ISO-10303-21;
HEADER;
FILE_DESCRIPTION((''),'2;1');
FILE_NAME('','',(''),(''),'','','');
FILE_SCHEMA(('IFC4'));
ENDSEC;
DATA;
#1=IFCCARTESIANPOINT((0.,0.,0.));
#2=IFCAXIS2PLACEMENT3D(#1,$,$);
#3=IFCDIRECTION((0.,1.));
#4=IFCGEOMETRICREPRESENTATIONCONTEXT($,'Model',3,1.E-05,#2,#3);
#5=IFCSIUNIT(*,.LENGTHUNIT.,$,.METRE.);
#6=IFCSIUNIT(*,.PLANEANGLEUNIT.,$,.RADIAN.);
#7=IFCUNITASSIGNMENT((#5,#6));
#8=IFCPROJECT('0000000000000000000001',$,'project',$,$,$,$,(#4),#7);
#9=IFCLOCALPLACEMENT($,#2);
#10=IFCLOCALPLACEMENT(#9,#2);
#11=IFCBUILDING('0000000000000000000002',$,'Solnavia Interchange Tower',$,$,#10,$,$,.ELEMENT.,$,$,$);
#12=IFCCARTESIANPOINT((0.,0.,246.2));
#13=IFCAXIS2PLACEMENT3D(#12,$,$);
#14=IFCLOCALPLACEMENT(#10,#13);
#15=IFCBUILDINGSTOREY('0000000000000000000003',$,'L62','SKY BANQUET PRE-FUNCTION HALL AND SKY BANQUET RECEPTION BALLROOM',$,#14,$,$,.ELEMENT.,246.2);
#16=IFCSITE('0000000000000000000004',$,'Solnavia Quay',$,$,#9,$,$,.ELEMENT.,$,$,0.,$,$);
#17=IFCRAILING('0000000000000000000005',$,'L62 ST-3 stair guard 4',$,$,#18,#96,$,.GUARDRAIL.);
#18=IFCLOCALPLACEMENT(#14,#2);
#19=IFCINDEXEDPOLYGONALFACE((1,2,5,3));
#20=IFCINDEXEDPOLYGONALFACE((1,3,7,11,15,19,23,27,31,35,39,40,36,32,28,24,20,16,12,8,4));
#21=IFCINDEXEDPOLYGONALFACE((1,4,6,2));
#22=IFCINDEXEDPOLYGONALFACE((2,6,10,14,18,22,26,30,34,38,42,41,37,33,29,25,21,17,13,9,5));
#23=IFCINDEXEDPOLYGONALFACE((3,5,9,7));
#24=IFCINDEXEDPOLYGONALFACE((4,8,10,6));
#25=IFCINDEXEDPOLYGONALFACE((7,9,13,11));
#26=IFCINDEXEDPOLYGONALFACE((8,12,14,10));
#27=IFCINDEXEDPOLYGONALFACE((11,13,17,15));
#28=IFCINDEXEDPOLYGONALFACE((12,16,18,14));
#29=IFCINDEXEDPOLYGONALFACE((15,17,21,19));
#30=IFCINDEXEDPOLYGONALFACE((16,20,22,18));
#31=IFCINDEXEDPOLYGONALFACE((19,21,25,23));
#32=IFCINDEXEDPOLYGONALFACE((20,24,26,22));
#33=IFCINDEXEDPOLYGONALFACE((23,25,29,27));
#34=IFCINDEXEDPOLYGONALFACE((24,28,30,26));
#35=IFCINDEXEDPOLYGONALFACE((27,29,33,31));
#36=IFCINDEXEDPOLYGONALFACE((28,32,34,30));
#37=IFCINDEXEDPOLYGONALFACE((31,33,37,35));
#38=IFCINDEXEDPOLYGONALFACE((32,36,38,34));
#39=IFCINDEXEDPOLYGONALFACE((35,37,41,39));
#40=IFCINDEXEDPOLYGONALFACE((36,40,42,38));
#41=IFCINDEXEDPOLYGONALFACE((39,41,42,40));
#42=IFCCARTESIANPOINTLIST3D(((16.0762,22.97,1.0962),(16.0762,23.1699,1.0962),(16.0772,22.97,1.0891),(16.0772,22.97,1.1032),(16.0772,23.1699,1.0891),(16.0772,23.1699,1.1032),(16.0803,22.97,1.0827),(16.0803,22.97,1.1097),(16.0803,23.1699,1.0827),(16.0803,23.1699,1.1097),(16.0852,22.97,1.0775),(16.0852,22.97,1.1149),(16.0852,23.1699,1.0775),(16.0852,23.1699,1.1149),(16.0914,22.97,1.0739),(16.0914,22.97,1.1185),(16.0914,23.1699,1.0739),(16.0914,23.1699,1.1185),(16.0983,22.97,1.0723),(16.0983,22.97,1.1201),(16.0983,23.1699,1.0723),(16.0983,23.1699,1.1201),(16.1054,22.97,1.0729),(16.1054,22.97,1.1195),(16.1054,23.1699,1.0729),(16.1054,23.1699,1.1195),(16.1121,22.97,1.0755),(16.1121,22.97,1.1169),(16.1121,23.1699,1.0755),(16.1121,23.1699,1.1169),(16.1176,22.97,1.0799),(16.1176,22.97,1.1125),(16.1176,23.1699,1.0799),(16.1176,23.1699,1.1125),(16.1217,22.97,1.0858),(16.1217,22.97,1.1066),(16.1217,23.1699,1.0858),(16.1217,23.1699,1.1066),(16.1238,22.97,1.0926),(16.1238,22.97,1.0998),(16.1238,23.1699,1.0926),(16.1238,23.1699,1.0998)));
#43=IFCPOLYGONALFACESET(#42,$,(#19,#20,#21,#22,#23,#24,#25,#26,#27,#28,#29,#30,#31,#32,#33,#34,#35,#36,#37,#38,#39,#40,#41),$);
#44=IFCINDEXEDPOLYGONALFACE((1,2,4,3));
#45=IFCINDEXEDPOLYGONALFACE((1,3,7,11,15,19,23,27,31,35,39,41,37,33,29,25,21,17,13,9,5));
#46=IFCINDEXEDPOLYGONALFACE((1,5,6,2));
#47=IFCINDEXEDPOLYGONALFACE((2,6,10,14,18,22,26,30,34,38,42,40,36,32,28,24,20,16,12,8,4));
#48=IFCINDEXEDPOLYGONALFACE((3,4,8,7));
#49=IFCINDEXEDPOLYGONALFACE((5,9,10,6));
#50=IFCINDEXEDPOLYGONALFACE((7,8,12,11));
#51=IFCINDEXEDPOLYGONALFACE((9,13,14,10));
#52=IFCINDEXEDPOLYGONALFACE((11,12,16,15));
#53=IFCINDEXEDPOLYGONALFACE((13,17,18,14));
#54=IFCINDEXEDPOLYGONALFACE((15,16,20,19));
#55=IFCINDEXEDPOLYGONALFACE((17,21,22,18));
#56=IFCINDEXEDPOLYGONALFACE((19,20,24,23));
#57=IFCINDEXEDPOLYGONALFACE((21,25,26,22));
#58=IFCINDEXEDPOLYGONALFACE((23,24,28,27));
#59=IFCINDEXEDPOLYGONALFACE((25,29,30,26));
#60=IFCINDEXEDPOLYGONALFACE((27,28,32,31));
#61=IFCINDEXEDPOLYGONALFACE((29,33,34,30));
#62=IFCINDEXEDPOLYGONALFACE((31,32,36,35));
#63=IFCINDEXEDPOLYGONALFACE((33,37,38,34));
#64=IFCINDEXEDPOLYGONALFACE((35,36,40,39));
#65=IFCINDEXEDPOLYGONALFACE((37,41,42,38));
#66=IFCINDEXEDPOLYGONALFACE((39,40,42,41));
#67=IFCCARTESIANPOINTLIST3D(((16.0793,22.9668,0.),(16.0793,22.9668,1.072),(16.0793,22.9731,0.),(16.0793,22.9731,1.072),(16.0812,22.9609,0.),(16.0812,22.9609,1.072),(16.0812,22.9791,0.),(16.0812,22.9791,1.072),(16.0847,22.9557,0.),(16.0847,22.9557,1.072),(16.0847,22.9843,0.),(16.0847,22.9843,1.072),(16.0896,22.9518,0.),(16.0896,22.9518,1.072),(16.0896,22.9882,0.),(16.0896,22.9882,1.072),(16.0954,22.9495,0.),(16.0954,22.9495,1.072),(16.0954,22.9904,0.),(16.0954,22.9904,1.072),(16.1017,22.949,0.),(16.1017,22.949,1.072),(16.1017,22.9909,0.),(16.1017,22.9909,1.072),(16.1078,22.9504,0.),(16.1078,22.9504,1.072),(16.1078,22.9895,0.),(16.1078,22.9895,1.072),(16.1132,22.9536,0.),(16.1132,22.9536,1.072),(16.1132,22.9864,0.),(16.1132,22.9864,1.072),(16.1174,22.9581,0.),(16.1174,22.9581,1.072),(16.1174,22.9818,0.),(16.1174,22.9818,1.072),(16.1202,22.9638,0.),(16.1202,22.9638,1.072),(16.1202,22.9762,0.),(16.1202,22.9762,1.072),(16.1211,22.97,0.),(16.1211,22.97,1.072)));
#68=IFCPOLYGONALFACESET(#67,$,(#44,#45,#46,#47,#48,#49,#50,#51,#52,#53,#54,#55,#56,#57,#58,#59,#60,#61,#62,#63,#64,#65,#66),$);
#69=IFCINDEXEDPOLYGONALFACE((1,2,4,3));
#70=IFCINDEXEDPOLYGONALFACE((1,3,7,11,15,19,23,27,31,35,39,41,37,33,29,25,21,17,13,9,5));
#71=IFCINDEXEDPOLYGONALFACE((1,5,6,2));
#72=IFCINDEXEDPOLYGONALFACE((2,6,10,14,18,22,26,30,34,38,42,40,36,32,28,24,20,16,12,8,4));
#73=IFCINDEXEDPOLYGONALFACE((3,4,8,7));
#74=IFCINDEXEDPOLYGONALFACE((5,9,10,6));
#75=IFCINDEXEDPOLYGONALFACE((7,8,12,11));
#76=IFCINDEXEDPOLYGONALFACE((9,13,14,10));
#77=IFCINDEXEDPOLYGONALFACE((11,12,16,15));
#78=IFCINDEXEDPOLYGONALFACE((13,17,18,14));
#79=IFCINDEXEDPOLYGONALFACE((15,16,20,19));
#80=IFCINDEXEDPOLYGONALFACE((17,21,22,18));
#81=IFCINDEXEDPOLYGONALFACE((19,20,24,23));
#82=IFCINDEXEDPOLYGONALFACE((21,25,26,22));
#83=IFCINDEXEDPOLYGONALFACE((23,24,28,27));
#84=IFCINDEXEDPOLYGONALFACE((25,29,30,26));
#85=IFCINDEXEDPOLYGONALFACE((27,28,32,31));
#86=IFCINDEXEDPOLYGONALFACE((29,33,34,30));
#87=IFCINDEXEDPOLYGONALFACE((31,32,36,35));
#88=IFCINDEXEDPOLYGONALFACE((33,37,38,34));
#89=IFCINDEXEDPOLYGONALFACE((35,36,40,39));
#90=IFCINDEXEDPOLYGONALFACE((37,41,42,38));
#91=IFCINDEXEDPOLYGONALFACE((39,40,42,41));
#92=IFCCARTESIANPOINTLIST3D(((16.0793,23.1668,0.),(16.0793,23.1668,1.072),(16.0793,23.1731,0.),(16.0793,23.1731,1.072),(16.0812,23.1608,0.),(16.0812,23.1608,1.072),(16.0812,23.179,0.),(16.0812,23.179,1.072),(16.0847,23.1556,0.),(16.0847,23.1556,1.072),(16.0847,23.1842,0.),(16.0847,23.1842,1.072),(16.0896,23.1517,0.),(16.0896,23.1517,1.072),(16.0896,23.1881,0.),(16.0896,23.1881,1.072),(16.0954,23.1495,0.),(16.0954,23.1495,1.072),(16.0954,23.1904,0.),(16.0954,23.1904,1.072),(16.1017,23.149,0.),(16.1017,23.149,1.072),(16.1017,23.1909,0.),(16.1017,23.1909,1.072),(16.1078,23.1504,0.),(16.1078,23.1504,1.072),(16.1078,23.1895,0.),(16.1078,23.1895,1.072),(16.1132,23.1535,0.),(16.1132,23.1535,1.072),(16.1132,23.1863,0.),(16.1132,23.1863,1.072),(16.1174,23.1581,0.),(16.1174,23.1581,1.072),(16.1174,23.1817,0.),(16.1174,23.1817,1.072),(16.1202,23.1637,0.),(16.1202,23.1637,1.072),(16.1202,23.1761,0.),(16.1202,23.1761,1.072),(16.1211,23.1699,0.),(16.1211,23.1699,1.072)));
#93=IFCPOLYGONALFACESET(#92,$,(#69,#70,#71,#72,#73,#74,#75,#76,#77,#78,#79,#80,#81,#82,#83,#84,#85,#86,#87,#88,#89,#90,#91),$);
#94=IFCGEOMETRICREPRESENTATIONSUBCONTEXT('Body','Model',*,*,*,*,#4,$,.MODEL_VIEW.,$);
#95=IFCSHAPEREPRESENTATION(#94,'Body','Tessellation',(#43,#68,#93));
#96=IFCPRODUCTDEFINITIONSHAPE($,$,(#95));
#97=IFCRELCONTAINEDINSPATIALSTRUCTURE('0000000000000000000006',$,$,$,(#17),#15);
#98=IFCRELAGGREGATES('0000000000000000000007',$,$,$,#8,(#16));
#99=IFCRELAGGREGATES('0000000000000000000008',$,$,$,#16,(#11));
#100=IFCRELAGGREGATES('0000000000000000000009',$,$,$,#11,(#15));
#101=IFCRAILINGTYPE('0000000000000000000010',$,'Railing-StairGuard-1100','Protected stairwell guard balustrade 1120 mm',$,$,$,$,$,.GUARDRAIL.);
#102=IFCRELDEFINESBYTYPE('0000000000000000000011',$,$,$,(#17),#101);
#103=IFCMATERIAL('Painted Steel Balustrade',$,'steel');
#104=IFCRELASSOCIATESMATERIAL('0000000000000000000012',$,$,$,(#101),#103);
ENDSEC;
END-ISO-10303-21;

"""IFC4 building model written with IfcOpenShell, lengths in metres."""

from ifc_helpers import new_model, si_unit, direction, frame, origin, origin_2d, place, context, subcontext, project, spatial, circle, extrude, material, type_object, element, save


model = new_model("IFC4")

# Units and contexts
model_context = context("Model", 3, precision=1e-05, world=origin(), true_north=direction((0.0, 1.0)))
body_context = subcontext(model_context, "Body", "Model", "MODEL_VIEW")
ifc_project = project(units=[si_unit("LENGTHUNIT", "METRE"), si_unit("PLANEANGLEUNIT", "RADIAN")], contexts=[model_context])

# Site, building, storey
site_placement = place(None, origin())
site = spatial("IfcSite", under=ifc_project, at=site_placement, Name="Solnavia Quay", CompositionType="ELEMENT", RefElevation=0.0)
building_placement = place(site_placement, origin())
building = spatial("IfcBuilding", under=site, at=building_placement, Name="Solnavia Interchange Tower", CompositionType="ELEMENT")
storey_placement = place(building_placement, frame((0.0, 0.0, 246.2)))
storey = spatial("IfcBuildingStorey", under=building, at=storey_placement, Name="L62", Description="SKY BANQUET PRE-FUNCTION HALL AND SKY BANQUET RECEPTION BALLROOM", CompositionType="ELEMENT", Elevation=246.2)

# Railing
ifc_material_1 = material(Name="Painted Steel Balustrade", Category="steel")
railing_type_1 = type_object("IfcRailingType", Name="Railing-StairGuard-1100", Description="Protected stairwell guard balustrade 1120 mm", PredefinedType="GUARDRAIL", material=ifc_material_1)
railing_1_placement = place(storey_placement, frame((16.1001, 22.97, 0.0)))
element("IfcRailing", 1, at=railing_1_placement, inside=storey, type_object=railing_type_1, Name="L62 ST-3 stair guard 4", PredefinedType="GUARDRAIL", context=body_context, shape_type="SweptSolid", body=[
    extrude(circle(Radius=0.0239, at=origin_2d()), frame((0.0, 0.0, 1.0962), z_axis=(0.0, 1.0, 0.0), x_axis=(-1.0, 0.0, 0.0)), (0.0, 0.0, 1.0), 0.2),
    extrude(circle(Radius=0.021, at=origin_2d()), origin(), (0.0, 0.0, 1.0), 1.072),
    extrude(circle(Radius=0.021, at=origin_2d()), frame((0.0, 0.2, 0.0)), (0.0, 0.0, 1.0), 1.072),
])

save(model, "model.ifc")
